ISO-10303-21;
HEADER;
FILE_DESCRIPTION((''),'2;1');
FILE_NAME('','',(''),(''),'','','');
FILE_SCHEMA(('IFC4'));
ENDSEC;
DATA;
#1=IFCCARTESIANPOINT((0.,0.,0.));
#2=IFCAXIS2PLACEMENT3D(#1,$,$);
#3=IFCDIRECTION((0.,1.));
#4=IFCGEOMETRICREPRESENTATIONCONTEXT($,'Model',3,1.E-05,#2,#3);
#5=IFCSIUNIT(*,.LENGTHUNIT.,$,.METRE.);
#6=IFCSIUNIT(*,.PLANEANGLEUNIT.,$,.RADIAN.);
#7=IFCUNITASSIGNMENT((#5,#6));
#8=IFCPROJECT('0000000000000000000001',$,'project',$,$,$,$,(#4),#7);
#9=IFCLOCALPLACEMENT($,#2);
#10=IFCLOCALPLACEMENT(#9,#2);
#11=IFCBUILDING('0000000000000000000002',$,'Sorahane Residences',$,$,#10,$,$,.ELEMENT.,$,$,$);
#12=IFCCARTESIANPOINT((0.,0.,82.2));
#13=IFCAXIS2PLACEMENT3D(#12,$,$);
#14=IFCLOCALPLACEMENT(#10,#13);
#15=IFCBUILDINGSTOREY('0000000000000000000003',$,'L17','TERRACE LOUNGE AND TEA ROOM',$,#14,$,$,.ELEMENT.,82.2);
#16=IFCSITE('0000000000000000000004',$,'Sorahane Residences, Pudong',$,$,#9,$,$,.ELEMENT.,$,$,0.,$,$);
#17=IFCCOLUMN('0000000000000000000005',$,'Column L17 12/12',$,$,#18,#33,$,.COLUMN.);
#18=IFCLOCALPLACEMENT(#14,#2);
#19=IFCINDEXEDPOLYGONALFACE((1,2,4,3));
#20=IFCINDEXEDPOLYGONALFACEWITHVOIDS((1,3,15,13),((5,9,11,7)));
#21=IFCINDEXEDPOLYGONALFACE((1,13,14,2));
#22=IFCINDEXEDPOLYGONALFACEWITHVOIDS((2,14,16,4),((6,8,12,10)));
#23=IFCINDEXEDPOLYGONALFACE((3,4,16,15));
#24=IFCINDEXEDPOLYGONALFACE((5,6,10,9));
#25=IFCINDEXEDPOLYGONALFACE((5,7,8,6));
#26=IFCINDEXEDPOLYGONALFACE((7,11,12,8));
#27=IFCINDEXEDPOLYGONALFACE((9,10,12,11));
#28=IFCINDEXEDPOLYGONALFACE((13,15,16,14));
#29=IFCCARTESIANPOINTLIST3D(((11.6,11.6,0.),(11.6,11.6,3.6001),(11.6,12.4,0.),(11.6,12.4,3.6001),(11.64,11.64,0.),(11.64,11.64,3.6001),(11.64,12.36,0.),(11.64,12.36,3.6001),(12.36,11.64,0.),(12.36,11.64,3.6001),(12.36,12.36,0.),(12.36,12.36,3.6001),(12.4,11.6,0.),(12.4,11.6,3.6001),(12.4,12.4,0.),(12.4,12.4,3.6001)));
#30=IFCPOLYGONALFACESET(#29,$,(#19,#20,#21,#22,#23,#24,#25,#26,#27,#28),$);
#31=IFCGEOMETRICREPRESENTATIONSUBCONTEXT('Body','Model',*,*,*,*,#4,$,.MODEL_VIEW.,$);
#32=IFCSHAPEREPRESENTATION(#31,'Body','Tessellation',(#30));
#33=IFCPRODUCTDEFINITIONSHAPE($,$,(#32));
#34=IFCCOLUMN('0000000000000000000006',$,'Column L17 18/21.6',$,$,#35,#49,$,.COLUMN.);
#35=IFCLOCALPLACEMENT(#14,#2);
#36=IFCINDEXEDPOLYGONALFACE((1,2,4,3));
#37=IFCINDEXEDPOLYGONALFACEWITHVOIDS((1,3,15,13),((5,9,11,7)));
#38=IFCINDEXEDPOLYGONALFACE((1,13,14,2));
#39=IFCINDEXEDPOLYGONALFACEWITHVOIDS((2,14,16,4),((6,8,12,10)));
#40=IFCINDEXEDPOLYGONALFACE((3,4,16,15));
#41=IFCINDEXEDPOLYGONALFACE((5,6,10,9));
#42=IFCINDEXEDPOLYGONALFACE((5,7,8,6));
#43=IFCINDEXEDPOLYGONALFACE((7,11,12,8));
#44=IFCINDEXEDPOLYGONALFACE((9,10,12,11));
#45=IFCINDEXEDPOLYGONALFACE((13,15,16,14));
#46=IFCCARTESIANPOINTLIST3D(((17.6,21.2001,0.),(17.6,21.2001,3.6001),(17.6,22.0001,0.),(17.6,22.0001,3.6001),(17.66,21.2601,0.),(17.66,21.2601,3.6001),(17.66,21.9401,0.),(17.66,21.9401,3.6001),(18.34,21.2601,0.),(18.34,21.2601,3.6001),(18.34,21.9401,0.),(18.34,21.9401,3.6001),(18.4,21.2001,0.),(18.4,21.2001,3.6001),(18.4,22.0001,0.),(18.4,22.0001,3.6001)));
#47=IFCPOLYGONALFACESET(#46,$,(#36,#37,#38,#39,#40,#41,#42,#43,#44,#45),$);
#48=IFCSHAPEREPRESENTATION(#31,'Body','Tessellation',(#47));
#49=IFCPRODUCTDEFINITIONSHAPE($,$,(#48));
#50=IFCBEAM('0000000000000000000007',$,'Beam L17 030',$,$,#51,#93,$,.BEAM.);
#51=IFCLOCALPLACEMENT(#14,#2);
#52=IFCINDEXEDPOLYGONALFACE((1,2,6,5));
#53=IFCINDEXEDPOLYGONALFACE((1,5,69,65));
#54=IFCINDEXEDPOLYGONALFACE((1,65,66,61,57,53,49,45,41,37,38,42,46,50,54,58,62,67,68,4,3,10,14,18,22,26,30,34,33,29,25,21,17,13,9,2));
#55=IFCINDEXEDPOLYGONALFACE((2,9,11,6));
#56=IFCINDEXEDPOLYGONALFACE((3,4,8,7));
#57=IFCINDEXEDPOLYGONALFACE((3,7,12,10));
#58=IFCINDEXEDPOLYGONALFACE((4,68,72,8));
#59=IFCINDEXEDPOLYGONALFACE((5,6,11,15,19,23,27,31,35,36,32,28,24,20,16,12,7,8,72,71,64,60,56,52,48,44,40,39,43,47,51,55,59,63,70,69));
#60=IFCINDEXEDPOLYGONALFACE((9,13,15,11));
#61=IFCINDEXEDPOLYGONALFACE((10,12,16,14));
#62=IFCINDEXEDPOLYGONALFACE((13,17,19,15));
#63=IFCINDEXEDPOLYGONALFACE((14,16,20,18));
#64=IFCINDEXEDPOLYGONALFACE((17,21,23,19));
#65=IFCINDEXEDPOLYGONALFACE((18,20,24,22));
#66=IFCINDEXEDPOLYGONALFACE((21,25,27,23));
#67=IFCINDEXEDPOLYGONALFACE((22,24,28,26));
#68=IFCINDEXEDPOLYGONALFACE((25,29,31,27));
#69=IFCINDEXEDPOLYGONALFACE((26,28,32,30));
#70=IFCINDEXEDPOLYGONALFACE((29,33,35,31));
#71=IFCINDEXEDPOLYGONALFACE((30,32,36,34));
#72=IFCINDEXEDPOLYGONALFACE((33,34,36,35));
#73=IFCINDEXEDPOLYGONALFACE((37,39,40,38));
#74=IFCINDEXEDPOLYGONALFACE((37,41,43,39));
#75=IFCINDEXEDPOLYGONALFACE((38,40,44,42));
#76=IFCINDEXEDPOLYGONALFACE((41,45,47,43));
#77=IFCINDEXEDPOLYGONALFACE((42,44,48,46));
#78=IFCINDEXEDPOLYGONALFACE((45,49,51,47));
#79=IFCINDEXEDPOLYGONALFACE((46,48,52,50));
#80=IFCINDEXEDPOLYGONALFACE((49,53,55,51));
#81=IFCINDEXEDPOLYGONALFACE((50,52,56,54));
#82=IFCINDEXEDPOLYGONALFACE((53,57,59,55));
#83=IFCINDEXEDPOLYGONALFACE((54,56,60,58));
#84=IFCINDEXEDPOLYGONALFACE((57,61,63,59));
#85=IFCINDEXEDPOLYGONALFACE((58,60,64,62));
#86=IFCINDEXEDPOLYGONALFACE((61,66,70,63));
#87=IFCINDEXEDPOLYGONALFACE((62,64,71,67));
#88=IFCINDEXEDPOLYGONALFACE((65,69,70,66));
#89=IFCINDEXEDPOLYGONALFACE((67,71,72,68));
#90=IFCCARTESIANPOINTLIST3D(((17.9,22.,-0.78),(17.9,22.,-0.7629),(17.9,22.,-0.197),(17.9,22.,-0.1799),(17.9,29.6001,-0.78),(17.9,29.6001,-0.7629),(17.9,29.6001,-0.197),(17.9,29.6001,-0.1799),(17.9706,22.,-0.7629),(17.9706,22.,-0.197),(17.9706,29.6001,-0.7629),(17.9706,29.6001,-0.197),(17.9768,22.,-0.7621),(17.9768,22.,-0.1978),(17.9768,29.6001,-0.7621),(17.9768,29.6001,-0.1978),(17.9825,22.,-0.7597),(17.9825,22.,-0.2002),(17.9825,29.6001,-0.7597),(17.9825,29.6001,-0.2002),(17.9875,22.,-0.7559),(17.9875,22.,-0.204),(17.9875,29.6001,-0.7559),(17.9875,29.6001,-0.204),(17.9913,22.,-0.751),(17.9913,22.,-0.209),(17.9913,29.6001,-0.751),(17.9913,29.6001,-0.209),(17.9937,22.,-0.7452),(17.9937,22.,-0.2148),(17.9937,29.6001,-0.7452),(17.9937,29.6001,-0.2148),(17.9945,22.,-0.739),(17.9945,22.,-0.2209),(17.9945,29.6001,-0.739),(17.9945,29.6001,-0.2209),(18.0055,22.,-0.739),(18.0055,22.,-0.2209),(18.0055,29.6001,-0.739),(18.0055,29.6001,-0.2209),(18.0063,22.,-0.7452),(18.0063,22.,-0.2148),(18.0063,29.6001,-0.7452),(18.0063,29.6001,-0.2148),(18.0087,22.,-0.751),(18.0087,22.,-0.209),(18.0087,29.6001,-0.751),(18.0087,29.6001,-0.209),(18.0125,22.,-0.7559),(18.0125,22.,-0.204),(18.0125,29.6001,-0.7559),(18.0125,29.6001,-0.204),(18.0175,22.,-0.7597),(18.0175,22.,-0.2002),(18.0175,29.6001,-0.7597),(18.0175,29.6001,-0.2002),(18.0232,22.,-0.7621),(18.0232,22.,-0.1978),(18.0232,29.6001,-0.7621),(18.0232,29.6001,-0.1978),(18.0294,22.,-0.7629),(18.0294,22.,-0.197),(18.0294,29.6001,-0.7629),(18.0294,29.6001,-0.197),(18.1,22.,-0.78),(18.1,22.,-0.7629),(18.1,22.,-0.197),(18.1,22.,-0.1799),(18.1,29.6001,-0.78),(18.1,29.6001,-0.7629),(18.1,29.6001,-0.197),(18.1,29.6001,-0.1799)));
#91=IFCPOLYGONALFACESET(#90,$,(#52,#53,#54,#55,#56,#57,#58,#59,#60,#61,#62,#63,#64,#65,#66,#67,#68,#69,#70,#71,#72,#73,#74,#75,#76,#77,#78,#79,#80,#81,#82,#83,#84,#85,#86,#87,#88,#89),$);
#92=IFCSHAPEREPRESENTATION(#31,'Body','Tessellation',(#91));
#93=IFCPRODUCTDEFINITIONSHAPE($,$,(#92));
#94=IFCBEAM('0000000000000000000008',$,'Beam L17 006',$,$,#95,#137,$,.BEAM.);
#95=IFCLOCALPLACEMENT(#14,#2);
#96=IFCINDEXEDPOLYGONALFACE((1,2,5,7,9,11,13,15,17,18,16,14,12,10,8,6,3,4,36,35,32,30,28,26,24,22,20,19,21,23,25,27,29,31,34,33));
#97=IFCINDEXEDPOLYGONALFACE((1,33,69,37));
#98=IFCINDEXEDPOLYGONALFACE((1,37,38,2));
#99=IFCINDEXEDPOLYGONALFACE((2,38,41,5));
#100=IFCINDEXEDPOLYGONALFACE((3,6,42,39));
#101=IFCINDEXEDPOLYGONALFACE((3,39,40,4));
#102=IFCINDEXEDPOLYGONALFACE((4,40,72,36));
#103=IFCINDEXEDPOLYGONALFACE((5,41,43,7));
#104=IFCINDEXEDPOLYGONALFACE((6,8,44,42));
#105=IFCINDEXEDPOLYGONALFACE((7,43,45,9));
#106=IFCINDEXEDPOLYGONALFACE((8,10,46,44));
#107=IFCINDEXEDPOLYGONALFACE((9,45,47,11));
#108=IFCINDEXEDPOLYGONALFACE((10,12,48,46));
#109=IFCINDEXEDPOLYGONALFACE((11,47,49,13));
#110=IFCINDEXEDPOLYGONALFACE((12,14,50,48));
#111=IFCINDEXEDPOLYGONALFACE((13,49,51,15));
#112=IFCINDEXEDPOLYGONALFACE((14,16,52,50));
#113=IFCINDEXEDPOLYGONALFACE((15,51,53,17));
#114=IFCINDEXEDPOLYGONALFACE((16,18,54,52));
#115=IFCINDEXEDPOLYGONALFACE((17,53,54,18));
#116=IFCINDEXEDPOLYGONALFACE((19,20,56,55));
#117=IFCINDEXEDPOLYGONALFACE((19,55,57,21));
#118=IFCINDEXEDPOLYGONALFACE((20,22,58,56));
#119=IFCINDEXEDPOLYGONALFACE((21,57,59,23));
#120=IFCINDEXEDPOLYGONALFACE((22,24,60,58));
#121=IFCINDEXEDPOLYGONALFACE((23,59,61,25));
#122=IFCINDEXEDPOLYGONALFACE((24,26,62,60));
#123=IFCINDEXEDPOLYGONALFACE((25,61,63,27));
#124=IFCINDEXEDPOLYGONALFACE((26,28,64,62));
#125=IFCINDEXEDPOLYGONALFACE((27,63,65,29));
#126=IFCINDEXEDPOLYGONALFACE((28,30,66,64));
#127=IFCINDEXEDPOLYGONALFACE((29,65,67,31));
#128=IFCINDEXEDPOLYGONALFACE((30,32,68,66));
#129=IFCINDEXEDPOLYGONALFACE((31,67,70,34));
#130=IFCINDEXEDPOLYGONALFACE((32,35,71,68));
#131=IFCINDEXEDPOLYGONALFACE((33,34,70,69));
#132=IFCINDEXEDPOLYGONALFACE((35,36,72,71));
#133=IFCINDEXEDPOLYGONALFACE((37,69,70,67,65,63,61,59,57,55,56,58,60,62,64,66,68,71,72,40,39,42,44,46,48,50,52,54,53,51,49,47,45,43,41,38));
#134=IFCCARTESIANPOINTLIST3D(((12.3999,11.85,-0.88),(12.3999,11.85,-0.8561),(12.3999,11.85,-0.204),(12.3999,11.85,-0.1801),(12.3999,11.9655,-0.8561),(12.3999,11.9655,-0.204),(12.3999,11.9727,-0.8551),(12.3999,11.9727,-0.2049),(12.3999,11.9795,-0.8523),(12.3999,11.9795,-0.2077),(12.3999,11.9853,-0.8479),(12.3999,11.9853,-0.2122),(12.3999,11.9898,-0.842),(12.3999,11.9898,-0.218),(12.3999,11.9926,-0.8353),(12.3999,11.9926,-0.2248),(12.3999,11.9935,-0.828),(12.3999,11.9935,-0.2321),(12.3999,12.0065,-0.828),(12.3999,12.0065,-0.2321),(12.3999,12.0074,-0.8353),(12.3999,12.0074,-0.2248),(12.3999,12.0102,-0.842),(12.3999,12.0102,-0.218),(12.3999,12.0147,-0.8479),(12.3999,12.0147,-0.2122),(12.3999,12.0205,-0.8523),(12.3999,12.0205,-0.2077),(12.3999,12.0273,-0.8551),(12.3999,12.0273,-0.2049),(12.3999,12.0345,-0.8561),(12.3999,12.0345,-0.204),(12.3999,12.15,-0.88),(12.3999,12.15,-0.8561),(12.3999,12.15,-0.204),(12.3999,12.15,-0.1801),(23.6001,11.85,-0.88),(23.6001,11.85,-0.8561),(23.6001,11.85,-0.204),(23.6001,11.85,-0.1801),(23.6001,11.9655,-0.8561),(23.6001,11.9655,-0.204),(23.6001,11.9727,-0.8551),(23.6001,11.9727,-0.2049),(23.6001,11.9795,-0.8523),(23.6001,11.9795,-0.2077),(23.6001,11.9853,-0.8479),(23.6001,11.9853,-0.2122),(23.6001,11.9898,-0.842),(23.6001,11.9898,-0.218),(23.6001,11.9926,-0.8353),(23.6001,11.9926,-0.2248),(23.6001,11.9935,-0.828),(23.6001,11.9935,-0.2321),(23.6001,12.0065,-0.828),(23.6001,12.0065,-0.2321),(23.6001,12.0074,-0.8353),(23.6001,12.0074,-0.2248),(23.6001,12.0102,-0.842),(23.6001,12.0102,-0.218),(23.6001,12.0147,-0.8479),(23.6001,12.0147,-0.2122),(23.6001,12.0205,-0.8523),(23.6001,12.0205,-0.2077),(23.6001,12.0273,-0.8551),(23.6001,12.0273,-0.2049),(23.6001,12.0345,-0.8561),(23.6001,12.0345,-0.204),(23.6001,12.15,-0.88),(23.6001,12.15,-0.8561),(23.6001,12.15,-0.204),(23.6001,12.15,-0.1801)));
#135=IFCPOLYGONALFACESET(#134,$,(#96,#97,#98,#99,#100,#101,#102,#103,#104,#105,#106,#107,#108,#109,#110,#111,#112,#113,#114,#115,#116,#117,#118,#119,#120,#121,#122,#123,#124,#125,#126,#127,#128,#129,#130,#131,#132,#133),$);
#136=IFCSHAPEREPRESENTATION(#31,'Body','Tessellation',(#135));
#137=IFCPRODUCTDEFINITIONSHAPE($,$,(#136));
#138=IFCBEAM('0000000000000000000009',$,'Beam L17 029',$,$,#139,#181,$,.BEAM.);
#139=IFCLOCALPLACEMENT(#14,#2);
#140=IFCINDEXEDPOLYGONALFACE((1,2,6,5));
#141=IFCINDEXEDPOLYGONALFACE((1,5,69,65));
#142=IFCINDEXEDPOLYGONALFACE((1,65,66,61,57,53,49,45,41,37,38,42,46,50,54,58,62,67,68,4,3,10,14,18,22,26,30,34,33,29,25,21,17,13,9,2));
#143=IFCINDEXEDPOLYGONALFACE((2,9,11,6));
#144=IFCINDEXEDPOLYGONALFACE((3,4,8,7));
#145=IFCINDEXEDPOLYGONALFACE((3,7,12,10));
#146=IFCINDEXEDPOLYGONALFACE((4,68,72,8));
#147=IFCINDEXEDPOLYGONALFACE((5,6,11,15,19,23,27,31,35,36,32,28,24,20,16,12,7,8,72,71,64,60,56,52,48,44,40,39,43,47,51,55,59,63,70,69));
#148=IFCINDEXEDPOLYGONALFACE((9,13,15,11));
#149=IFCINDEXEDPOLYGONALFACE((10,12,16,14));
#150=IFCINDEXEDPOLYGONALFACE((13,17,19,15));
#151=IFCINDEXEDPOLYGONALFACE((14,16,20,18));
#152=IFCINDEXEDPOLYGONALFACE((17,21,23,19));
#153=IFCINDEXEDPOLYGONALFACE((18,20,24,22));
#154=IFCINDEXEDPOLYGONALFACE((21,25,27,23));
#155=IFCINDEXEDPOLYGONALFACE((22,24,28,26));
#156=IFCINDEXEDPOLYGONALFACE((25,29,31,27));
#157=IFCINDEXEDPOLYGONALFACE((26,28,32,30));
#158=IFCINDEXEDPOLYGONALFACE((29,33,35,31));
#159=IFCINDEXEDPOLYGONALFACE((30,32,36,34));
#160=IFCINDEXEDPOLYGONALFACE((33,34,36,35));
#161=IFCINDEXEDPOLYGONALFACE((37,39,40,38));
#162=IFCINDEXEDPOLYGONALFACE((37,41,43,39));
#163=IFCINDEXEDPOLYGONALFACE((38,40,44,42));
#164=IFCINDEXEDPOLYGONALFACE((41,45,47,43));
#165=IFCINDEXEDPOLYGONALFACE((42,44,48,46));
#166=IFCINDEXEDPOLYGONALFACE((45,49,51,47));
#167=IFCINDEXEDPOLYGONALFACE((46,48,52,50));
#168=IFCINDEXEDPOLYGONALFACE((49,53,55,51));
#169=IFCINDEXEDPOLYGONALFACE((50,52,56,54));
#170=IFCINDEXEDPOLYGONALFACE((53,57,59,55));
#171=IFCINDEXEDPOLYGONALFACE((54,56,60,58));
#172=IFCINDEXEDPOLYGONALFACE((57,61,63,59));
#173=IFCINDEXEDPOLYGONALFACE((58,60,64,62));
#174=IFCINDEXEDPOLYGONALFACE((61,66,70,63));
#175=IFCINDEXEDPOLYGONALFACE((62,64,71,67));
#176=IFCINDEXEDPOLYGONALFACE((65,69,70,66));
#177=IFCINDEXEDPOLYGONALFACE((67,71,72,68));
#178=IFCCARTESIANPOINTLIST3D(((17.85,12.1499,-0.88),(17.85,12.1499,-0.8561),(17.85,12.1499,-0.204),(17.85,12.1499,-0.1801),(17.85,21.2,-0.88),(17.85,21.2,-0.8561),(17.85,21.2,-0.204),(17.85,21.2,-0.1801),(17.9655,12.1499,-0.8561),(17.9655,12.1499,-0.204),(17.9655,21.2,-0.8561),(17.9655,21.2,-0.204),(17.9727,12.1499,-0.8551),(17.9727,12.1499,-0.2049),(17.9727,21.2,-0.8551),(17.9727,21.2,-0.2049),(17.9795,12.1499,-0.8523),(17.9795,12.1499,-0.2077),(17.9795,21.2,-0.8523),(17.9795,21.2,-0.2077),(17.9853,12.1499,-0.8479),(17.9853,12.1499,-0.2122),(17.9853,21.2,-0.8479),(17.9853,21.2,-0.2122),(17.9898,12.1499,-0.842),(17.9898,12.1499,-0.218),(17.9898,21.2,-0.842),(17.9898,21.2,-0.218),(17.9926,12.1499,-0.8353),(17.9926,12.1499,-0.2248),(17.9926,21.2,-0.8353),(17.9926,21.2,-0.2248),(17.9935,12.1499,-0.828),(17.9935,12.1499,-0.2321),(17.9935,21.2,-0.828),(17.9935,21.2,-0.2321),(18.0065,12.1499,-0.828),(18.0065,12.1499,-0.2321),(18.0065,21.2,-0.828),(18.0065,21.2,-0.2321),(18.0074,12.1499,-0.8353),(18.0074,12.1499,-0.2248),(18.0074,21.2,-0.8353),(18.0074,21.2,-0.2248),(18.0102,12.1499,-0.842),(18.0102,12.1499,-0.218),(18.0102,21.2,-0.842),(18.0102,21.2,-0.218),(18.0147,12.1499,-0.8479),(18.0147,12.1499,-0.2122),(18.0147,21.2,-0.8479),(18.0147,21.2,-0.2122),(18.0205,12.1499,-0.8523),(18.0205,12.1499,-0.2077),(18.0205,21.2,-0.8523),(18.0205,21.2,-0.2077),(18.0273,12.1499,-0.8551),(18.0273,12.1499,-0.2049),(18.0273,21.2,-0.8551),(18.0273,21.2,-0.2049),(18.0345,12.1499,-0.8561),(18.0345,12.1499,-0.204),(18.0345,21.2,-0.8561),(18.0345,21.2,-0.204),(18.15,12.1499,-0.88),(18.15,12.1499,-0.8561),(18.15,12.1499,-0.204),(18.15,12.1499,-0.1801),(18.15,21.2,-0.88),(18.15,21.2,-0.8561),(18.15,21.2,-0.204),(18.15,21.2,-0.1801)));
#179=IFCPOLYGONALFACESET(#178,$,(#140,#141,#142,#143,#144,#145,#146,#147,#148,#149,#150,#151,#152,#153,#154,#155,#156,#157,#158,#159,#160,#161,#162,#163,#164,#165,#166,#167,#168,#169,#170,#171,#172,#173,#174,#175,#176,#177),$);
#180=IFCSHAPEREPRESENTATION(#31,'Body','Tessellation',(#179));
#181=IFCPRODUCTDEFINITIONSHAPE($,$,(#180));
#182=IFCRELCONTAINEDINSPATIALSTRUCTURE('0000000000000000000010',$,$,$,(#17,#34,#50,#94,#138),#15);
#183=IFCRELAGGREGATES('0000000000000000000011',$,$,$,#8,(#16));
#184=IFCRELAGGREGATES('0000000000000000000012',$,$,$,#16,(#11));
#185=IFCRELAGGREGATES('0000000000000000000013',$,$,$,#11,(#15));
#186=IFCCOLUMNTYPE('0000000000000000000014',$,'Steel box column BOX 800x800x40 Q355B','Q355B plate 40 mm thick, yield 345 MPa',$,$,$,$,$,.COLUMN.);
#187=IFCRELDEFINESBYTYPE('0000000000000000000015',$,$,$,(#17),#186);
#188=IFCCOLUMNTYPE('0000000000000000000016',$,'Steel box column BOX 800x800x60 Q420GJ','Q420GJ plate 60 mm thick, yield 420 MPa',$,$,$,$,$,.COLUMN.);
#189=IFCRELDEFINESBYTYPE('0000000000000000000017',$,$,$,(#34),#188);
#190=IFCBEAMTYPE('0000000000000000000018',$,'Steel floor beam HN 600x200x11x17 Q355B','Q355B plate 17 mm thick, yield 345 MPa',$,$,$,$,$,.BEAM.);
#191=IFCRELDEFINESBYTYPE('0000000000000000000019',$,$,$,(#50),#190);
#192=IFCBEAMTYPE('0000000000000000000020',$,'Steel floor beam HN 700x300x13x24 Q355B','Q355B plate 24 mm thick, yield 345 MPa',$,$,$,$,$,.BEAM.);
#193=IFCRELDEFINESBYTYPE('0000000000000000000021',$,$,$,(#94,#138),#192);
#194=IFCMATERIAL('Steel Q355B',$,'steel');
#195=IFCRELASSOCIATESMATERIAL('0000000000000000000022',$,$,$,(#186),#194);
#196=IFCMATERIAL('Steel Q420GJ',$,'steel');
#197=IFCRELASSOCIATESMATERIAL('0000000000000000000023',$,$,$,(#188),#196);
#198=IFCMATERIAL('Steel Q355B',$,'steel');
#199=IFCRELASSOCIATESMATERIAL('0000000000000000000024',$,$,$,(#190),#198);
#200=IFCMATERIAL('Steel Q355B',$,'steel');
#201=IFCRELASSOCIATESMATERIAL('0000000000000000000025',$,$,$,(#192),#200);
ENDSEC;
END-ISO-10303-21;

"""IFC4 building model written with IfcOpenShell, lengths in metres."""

from ifc_helpers import new_model, si_unit, direction, frame, origin, origin_2d, place, context, subcontext, project, spatial, hollow_rectangle, i_section, extrude, material, material_profile, profile_set, type_object, element, save


model = new_model("IFC4")

# Units and contexts
model_context = context("Model", 3, precision=1e-05, world=origin(), true_north=direction((0.0, 1.0)))
body_context = subcontext(model_context, "Body", "Model", "MODEL_VIEW")
ifc_project = project(units=[si_unit("LENGTHUNIT", "METRE"), si_unit("PLANEANGLEUNIT", "RADIAN")], contexts=[model_context])

# Site, building, storey
site_placement = place(None, origin())
site = spatial("IfcSite", under=ifc_project, at=site_placement, Name="Sorahane Residences, Pudong", CompositionType="ELEMENT", RefElevation=0.0)
building_placement = place(site_placement, origin())
building = spatial("IfcBuilding", under=site, at=building_placement, Name="Sorahane Residences", CompositionType="ELEMENT")
storey_placement = place(building_placement, frame((0.0, 0.0, 82.2)))
storey = spatial("IfcBuildingStorey", under=building, at=storey_placement, Name="L17", Description="TERRACE LOUNGE AND TEA ROOM", CompositionType="ELEMENT", Elevation=82.2)

# Columns
ifc_material_1 = material(Name="Steel Q355B", Category="steel")
ifc_material_profile_1 = material_profile(ifc_material_1, hollow_rectangle(XDim=0.8, YDim=0.8, WallThickness=0.04, at=origin_2d()), Name="BOX 800x800x40")
ifc_profile_set_1 = profile_set([ifc_material_profile_1], Name="Steel Q355B")
column_type_1 = type_object("IfcColumnType", Name="Steel box column BOX 800x800x40 Q355B", Description="Q355B plate 40 mm thick, yield 345 MPa", PredefinedType="COLUMN", material=ifc_profile_set_1)
column_1_placement = place(storey_placement, frame((12.0, 12.0, 0.0), z_axis=(0.0, 0.0, 1.0), x_axis=(1.0, 0.0, 0.0)))
element("IfcColumn", 1, at=column_1_placement, inside=storey, type_object=column_type_1, Name="Column L17 12/12", PredefinedType="COLUMN", context=body_context, shape_type="SweptSolid", body=[
    extrude(hollow_rectangle(XDim=0.8, YDim=0.8, WallThickness=0.04, at=origin_2d()), origin(), (0.0, 0.0, 1.0), 3.6001),
])
ifc_material_2 = material(Name="Steel Q420GJ", Category="steel")
ifc_material_profile_2 = material_profile(ifc_material_2, hollow_rectangle(XDim=0.8, YDim=0.8, WallThickness=0.0601, at=origin_2d()), Name="BOX 800x800x60")
ifc_profile_set_2 = profile_set([ifc_material_profile_2], Name="Steel Q420GJ")
column_type_2 = type_object("IfcColumnType", Name="Steel box column BOX 800x800x60 Q420GJ", Description="Q420GJ plate 60 mm thick, yield 420 MPa", PredefinedType="COLUMN", material=ifc_profile_set_2)
column_2_placement = place(storey_placement, frame((18.0, 21.6001, 0.0), z_axis=(0.0, 0.0, 1.0), x_axis=(1.0, 0.0, 0.0)))
element("IfcColumn", 2, at=column_2_placement, inside=storey, type_object=column_type_2, Name="Column L17 18/21.6", PredefinedType="COLUMN", context=body_context, shape_type="SweptSolid", body=[
    extrude(hollow_rectangle(XDim=0.8, YDim=0.8, WallThickness=0.0601, at=origin_2d()), origin(), (0.0, 0.0, 1.0), 3.6001),
])

# Beams
ifc_material_3 = material(Name="Steel Q355B", Category="steel")
ifc_material_profile_3 = material_profile(ifc_material_3, i_section(OverallWidth=0.2, OverallDepth=0.6001, WebThickness=0.011, FlangeThickness=0.0171, FilletRadius=0.0239, at=origin_2d()), Name="HN 600x200x11x17")
ifc_profile_set_3 = profile_set([ifc_material_profile_3], Name="Steel Q355B")
beam_type_1 = type_object("IfcBeamType", Name="Steel floor beam HN 600x200x11x17 Q355B", Description="Q355B plate 17 mm thick, yield 345 MPa", PredefinedType="BEAM", material=ifc_profile_set_3)
beam_1_placement = place(storey_placement, frame((18.0, 22.0, -0.48), z_axis=(0.0, 1.0, 0.0), x_axis=(-1.0, 0.0, 0.0)))
element("IfcBeam", 3, at=beam_1_placement, inside=storey, type_object=beam_type_1, Name="Beam L17 030", PredefinedType="BEAM", context=body_context, shape_type="SweptSolid", body=[
    extrude(i_section(OverallWidth=0.2, OverallDepth=0.6001, WebThickness=0.011, FlangeThickness=0.0171, FilletRadius=0.0239, at=origin_2d()), origin(), (0.0, 0.0, 1.0), 7.6001),
])
ifc_material_4 = material(Name="Steel Q355B", Category="steel")
ifc_material_profile_4 = material_profile(ifc_material_4, i_section(OverallWidth=0.3, OverallDepth=0.7, WebThickness=0.0129, FlangeThickness=0.0239, FilletRadius=0.0281, at=origin_2d()), Name="HN 700x300x13x24")
ifc_profile_set_4 = profile_set([ifc_material_profile_4], Name="Steel Q355B")
beam_type_2 = type_object("IfcBeamType", Name="Steel floor beam HN 700x300x13x24 Q355B", Description="Q355B plate 24 mm thick, yield 345 MPa", PredefinedType="BEAM", material=ifc_profile_set_4)
beam_2_placement = place(storey_placement, frame((12.3999, 12.0, -0.53), z_axis=(1.0, 0.0, 0.0), x_axis=(0.0, 1.0, 0.0)))
element("IfcBeam", 4, at=beam_2_placement, inside=storey, type_object=beam_type_2, Name="Beam L17 006", PredefinedType="BEAM", context=body_context, shape_type="SweptSolid", body=[
    extrude(i_section(OverallWidth=0.3, OverallDepth=0.7, WebThickness=0.0129, FlangeThickness=0.0239, FilletRadius=0.0281, at=origin_2d()), origin(), (0.0, 0.0, 1.0), 11.2002),
])
beam_3_placement = place(storey_placement, frame((18.0, 12.1499, -0.53), z_axis=(0.0, 1.0, 0.0), x_axis=(-1.0, 0.0, 0.0)))
element("IfcBeam", 5, at=beam_3_placement, inside=storey, type_object=beam_type_2, Name="Beam L17 029", PredefinedType="BEAM", context=body_context, shape_type="SweptSolid", body=[
    extrude(i_section(OverallWidth=0.3, OverallDepth=0.7, WebThickness=0.0129, FlangeThickness=0.0239, FilletRadius=0.0281, at=origin_2d()), origin(), (0.0, 0.0, 1.0), 9.05),
])

save(model, "model.ifc")
